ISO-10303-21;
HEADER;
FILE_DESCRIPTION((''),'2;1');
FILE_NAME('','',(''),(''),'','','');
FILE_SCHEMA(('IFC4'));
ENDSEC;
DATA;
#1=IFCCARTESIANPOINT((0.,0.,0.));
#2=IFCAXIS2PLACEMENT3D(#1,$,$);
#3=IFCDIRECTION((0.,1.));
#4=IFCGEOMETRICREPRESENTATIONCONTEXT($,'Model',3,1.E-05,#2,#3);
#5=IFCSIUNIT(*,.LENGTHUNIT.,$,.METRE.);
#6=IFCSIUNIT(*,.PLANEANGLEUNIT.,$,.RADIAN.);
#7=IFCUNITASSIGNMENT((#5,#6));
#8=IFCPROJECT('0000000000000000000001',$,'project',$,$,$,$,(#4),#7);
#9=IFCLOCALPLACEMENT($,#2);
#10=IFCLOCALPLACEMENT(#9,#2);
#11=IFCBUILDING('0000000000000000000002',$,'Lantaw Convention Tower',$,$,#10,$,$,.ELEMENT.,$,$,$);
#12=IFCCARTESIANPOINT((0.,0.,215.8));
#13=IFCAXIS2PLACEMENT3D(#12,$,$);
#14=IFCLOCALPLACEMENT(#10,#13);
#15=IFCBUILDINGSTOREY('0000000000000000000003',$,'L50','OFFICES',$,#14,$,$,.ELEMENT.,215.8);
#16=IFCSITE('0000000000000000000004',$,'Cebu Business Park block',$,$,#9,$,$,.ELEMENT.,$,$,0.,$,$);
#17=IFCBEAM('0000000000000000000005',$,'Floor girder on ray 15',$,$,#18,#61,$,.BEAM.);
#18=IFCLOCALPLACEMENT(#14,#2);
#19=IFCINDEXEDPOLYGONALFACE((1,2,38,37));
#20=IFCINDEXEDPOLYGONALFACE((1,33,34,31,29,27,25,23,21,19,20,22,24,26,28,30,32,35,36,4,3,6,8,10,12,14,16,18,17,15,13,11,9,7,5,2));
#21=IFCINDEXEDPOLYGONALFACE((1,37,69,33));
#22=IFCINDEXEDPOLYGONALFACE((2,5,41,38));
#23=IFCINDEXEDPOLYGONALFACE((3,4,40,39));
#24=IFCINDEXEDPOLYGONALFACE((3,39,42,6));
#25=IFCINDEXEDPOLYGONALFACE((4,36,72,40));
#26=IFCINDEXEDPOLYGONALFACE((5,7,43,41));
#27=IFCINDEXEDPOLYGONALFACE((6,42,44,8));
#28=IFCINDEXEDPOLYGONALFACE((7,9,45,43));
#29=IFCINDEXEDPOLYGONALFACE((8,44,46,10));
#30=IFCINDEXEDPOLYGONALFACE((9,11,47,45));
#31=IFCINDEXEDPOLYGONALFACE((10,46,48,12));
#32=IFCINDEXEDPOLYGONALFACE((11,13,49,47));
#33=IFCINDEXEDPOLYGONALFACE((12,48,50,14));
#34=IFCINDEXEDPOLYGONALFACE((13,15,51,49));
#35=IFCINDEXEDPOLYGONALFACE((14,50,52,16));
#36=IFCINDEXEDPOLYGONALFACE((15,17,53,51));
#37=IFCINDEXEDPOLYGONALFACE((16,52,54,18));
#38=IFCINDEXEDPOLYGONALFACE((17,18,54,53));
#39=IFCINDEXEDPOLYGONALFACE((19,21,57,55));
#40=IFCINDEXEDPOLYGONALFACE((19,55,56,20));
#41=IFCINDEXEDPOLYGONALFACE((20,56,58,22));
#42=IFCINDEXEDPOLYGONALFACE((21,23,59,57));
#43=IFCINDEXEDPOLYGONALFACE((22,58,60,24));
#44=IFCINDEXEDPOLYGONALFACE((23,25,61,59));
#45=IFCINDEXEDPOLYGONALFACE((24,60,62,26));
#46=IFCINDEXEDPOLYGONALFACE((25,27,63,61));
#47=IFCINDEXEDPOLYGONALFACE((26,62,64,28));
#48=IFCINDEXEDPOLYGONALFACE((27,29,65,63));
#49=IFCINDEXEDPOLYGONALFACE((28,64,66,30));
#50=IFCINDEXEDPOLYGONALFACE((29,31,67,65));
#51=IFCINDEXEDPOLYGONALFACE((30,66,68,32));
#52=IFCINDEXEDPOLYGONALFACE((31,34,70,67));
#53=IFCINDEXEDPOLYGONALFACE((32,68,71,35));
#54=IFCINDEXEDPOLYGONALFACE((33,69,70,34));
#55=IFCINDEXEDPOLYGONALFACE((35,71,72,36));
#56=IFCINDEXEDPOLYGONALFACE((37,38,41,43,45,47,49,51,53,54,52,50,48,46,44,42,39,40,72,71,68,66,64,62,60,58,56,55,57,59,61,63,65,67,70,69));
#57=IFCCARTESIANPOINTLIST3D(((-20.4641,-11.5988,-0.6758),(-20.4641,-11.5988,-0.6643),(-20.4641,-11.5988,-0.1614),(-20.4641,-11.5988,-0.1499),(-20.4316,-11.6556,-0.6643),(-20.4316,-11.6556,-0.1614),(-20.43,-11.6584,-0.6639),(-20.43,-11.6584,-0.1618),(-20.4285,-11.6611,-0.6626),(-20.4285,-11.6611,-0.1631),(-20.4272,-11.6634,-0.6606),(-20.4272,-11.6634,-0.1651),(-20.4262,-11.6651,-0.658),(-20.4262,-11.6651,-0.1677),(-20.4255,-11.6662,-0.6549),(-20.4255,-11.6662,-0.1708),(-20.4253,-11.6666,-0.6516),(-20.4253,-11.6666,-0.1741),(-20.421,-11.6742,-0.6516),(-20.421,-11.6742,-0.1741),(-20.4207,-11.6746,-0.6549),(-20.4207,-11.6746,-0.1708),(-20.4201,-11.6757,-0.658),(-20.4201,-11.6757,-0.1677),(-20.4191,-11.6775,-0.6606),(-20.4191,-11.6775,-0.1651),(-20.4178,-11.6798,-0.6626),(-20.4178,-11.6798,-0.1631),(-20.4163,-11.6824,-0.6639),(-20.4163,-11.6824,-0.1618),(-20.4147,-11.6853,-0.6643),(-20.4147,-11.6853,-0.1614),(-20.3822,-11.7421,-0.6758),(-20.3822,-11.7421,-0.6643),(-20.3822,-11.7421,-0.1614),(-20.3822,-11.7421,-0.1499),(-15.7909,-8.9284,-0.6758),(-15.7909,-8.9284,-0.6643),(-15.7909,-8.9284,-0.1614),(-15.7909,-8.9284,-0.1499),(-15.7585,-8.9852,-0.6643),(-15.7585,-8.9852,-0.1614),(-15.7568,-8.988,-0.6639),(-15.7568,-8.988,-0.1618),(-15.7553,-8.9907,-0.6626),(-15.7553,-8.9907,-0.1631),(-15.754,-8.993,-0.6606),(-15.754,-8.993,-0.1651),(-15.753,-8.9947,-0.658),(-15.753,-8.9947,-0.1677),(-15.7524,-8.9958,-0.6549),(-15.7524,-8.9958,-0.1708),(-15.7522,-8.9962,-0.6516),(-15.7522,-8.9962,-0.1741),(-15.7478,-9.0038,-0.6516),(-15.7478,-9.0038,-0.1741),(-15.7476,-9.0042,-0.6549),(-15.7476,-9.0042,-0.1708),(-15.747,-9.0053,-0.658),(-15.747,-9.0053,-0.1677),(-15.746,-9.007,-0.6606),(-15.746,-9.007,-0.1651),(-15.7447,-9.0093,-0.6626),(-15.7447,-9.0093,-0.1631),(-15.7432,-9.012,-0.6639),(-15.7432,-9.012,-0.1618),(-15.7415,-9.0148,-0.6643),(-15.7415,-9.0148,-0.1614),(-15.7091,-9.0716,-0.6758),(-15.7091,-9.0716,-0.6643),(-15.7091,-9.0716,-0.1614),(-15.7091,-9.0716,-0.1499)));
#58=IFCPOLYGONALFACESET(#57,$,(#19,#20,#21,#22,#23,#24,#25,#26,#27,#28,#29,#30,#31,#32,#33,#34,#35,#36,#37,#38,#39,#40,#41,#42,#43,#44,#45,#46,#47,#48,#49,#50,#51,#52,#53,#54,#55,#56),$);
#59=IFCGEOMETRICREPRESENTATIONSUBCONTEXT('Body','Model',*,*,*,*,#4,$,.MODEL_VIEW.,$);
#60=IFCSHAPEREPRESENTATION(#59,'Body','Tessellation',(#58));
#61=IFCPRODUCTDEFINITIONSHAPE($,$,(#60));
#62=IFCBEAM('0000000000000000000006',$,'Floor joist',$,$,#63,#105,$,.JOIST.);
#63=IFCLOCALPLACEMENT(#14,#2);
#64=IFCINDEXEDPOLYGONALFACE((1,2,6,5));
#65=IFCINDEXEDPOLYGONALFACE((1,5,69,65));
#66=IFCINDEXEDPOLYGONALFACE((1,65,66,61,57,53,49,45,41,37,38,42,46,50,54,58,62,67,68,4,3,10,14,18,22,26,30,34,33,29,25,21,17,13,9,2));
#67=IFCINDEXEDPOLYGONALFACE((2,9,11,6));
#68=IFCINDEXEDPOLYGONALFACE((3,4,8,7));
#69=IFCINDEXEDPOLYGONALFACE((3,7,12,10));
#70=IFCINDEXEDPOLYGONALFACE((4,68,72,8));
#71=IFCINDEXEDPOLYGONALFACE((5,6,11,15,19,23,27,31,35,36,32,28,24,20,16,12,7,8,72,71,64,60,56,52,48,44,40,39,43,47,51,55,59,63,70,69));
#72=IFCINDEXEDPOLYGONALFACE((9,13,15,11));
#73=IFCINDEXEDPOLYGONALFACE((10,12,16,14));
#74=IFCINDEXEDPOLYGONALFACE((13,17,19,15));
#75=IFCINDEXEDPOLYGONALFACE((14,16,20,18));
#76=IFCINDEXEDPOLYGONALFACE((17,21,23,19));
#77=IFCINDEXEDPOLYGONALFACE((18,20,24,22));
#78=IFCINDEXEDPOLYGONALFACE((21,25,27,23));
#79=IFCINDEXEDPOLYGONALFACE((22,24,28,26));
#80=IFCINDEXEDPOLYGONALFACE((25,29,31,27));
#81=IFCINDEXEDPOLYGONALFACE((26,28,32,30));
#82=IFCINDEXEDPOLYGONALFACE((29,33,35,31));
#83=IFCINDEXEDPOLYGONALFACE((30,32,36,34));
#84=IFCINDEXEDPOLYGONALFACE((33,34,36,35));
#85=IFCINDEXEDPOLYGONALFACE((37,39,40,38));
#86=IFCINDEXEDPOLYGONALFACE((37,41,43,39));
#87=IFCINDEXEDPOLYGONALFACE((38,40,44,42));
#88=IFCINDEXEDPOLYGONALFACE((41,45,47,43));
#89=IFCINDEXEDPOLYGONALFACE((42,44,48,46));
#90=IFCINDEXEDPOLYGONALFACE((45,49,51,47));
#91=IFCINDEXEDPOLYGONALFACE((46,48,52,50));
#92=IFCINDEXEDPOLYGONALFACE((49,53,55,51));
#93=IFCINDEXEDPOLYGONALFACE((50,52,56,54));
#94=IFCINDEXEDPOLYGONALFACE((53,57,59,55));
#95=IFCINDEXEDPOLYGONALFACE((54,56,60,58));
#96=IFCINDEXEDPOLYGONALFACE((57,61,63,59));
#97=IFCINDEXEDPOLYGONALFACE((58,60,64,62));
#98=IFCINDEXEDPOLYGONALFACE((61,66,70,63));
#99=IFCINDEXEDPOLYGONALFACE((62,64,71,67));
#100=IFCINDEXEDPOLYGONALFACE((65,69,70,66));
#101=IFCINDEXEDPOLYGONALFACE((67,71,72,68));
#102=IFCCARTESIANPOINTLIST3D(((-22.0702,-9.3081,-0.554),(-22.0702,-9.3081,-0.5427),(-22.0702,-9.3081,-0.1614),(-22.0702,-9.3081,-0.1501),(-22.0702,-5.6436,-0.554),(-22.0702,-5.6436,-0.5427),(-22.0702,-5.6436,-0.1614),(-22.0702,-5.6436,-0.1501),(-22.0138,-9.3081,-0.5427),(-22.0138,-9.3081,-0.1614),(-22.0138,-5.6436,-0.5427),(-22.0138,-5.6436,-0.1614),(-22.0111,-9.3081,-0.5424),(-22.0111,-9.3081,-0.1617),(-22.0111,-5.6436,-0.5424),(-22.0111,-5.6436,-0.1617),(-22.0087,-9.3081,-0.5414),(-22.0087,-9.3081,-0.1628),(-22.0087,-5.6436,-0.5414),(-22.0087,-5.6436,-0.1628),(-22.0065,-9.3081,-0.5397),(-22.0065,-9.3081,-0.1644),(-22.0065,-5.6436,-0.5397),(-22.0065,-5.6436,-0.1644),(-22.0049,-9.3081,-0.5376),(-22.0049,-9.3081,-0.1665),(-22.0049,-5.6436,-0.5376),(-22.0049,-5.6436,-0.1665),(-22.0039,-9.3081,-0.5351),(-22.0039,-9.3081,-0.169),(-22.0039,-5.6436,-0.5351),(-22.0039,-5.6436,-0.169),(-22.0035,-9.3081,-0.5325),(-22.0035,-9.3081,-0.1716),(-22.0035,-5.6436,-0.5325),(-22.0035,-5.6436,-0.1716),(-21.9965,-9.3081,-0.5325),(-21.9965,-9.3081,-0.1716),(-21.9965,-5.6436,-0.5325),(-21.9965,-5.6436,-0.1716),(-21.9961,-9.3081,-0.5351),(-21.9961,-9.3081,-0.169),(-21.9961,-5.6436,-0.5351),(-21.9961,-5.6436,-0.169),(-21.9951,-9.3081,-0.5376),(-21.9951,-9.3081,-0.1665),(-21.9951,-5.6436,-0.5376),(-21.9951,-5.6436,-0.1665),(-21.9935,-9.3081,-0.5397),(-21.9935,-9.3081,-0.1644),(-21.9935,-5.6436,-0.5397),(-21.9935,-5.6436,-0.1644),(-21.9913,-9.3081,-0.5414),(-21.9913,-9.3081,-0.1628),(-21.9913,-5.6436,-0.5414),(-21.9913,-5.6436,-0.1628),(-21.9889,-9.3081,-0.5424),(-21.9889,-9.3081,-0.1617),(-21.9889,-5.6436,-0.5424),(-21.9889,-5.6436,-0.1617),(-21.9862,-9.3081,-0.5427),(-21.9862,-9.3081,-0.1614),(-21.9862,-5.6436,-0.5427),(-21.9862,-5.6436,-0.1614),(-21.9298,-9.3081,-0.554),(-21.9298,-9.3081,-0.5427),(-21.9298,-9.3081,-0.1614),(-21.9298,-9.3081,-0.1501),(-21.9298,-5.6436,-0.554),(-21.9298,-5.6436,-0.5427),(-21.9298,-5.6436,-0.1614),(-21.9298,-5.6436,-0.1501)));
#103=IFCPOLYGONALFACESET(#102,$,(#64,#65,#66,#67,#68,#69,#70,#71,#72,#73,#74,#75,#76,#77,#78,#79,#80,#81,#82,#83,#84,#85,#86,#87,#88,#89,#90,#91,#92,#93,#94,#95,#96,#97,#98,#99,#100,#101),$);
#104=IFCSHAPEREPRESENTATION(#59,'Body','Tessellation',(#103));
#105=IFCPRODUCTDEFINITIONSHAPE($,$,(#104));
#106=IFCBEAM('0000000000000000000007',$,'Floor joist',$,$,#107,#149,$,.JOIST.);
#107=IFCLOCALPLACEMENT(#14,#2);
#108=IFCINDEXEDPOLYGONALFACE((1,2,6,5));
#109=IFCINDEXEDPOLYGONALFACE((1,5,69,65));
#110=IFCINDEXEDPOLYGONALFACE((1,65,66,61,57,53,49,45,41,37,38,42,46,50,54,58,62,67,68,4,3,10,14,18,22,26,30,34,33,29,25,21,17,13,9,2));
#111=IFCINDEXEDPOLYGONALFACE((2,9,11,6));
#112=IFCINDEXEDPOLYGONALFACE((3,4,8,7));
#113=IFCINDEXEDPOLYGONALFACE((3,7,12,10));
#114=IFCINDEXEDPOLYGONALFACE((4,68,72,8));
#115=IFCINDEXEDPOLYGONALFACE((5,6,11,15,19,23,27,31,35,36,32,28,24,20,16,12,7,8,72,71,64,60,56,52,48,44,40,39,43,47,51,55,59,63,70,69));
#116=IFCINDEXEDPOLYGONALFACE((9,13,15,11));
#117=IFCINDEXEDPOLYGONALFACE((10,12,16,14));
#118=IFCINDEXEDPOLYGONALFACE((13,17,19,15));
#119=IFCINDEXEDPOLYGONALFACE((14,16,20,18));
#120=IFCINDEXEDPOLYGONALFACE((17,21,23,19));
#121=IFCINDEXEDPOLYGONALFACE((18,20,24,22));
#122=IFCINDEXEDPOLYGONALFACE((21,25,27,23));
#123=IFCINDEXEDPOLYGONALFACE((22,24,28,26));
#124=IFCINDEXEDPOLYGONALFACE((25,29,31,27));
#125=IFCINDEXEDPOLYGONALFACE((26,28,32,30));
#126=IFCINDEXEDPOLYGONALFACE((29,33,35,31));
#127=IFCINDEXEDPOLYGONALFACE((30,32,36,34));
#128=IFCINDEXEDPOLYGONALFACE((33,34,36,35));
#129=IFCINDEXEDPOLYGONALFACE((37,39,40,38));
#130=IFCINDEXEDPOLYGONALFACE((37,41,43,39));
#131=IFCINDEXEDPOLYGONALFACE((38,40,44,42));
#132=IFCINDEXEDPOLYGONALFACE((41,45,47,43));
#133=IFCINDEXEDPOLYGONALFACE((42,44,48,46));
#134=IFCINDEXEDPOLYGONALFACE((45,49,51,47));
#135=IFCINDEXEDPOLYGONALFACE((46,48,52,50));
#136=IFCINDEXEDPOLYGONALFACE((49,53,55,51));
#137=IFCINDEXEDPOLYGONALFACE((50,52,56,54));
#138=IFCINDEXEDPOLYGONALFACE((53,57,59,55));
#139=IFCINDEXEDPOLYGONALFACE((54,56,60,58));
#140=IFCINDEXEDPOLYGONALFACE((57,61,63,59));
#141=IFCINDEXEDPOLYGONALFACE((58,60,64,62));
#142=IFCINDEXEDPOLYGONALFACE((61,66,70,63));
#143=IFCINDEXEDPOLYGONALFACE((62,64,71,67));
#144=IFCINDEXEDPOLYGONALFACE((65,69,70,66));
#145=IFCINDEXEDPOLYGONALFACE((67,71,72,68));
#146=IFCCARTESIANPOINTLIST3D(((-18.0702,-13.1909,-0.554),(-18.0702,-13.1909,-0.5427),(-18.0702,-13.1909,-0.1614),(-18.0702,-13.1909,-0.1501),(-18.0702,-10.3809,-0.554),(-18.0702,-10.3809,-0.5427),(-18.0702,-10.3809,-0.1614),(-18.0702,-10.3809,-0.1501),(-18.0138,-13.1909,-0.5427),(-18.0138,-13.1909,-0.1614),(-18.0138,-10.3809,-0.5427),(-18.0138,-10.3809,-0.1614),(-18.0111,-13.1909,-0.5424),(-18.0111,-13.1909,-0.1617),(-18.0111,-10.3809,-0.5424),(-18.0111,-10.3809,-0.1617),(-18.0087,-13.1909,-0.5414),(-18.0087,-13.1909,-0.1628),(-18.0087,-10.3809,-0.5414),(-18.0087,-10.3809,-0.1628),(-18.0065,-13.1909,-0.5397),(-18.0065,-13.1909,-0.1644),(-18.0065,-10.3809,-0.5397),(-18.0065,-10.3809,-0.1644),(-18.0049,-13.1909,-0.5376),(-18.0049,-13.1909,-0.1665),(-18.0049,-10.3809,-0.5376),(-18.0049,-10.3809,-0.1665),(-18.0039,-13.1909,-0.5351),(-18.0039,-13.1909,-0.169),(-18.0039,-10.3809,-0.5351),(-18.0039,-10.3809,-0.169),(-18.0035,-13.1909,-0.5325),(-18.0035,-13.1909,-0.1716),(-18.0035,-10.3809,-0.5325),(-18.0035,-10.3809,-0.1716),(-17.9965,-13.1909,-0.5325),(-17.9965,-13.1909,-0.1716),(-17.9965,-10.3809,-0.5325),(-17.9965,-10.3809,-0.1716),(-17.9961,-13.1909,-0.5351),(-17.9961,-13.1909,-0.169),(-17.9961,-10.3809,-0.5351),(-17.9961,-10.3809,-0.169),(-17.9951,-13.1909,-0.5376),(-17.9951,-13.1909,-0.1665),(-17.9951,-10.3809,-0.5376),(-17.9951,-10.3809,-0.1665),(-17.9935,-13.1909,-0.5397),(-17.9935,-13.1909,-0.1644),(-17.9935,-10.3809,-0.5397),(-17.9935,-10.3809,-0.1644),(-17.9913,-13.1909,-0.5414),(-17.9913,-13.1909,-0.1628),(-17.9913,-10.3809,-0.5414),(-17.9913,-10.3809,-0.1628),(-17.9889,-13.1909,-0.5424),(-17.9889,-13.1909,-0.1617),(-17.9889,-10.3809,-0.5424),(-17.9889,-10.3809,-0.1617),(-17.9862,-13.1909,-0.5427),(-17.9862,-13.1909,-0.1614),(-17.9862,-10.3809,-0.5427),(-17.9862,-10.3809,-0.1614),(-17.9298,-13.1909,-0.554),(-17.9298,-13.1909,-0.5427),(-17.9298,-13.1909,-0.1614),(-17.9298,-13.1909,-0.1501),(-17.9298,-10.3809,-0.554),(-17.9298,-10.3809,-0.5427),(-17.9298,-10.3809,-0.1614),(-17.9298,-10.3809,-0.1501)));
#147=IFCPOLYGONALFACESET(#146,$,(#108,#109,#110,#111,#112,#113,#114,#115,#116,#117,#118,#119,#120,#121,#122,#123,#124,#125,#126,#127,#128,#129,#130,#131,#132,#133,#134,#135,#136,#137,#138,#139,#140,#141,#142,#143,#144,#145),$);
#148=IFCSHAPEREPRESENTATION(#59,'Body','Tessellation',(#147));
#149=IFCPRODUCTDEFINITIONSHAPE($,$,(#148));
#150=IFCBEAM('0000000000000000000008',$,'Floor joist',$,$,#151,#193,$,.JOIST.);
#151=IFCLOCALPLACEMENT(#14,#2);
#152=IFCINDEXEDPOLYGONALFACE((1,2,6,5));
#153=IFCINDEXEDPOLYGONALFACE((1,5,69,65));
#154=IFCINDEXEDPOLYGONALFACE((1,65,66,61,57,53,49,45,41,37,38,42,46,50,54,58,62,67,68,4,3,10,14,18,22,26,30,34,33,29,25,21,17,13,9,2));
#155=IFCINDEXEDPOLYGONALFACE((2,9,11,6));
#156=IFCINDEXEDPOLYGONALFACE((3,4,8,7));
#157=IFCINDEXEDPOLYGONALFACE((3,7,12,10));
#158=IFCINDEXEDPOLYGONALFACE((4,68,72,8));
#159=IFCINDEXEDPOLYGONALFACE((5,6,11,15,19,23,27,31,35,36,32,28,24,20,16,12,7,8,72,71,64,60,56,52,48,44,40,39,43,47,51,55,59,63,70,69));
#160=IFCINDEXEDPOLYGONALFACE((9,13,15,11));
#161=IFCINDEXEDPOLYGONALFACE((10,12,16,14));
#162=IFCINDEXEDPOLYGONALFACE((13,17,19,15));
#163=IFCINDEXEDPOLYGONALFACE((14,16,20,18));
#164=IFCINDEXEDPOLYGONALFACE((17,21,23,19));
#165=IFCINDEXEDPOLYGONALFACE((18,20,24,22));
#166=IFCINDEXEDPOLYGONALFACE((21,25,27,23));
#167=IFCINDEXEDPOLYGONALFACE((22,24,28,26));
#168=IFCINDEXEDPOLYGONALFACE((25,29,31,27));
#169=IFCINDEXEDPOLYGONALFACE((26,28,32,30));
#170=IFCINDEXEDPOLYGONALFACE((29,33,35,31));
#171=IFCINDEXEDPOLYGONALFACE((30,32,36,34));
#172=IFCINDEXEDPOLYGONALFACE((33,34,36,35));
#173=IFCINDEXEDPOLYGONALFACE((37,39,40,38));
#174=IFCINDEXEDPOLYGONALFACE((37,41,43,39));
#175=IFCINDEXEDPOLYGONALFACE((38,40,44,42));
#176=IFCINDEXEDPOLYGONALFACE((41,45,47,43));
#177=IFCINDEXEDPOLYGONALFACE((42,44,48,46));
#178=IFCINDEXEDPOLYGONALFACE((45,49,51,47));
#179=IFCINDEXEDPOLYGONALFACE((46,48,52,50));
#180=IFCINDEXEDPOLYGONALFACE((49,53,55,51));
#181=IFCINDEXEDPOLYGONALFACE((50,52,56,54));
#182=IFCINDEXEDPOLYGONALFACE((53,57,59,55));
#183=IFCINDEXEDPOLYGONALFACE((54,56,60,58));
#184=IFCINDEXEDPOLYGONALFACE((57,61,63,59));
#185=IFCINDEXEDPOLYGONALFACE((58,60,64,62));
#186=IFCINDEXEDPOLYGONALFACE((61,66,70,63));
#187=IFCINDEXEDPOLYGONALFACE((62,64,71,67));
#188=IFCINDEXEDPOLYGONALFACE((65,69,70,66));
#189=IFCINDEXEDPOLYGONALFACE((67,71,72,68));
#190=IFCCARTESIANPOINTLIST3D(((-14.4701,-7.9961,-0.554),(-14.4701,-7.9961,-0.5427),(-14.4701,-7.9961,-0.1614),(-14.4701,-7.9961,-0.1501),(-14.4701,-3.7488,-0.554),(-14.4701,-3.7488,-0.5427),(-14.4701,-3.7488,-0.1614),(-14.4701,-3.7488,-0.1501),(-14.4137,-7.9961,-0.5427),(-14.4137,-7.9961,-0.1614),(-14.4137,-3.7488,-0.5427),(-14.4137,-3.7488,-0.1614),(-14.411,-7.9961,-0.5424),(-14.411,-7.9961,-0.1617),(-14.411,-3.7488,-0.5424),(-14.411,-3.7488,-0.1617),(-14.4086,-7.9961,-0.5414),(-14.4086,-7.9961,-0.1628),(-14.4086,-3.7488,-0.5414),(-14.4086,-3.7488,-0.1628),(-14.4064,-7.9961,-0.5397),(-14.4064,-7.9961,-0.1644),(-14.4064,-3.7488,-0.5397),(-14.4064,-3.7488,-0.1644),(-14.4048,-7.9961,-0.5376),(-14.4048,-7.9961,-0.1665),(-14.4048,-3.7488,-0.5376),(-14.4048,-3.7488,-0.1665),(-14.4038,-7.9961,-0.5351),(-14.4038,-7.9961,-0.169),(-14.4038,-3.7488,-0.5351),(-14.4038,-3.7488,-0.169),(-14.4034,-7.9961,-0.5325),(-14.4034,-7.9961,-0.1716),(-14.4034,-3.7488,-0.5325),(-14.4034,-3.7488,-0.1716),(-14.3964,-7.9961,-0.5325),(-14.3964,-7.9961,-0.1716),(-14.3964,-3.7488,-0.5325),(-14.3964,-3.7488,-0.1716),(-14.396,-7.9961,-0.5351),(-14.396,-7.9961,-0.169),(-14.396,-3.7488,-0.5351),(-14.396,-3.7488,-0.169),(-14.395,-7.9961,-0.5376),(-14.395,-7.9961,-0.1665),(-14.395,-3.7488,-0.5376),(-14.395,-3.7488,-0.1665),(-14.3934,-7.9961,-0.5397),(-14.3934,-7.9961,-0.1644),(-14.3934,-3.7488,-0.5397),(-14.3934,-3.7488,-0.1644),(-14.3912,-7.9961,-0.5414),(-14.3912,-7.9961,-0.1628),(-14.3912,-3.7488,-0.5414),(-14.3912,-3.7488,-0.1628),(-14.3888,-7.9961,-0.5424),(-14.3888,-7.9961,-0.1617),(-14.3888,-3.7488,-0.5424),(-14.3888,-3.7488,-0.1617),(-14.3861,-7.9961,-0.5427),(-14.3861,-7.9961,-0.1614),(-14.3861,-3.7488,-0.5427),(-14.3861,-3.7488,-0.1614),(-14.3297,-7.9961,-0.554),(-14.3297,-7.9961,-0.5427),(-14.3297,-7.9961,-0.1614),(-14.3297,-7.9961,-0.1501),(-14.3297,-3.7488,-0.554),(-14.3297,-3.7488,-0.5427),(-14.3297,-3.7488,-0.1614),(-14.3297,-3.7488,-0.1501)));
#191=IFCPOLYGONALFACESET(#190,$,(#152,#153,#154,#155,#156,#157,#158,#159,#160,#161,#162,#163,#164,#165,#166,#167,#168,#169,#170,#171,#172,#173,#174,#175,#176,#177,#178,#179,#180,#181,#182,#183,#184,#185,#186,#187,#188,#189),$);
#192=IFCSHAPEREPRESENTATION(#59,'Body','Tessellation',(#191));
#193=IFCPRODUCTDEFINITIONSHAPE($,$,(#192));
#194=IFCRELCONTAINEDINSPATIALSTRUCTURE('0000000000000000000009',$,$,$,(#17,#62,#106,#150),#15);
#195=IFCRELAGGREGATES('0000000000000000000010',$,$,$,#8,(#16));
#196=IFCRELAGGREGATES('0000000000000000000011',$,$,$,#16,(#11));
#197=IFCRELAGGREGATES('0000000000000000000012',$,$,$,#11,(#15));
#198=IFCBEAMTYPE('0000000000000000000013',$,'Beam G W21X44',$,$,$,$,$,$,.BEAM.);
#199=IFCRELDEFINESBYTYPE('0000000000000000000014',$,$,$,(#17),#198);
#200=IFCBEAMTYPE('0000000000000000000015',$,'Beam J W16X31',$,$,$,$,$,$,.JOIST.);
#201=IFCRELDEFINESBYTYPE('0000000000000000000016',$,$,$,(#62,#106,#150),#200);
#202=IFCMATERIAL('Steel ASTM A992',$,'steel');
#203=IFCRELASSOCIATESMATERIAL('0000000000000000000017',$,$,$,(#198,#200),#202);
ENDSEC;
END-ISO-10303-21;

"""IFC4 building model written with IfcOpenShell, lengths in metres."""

from ifc_helpers import new_model, si_unit, direction, frame, origin, origin_2d, place, context, subcontext, project, spatial, i_section, extrude, material, material_profile, profile_set, type_object, element, save


model = new_model("IFC4")

# Units and contexts
model_context = context("Model", 3, precision=1e-05, world=origin(), true_north=direction((0.0, 1.0)))
body_context = subcontext(model_context, "Body", "Model", "MODEL_VIEW")
ifc_project = project(units=[si_unit("LENGTHUNIT", "METRE"), si_unit("PLANEANGLEUNIT", "RADIAN")], contexts=[model_context])

# Site, building, storey
site_placement = place(None, origin())
site = spatial("IfcSite", under=ifc_project, at=site_placement, Name="Cebu Business Park block", CompositionType="ELEMENT", RefElevation=0.0)
building_placement = place(site_placement, origin())
building = spatial("IfcBuilding", under=site, at=building_placement, Name="Lantaw Convention Tower", CompositionType="ELEMENT")
storey_placement = place(building_placement, frame((0.0, 0.0, 215.8)))
storey = spatial("IfcBuildingStorey", under=building, at=storey_placement, Name="L50", Description="OFFICES", CompositionType="ELEMENT", Elevation=215.8)

# Beams
ifc_material_1 = material(Name="Steel ASTM A992", Category="steel")
ifc_material_profile_1 = material_profile(ifc_material_1, i_section(OverallWidth=0.165, OverallDepth=0.5259, WebThickness=0.0088, FlangeThickness=0.0115, FilletRadius=0.0127, at=origin_2d()), Name="W21X44")
ifc_profile_set_1 = profile_set([ifc_material_profile_1], Name="Steel ASTM A992")
beam_type_1 = type_object("IfcBeamType", Name="Beam G W21X44", PredefinedType="BEAM", material=ifc_profile_set_1)
beam_1_placement = place(storey_placement, frame((-15.75, -9.0, -0.4128), z_axis=(-0.868238, -0.496149, 0.0), x_axis=(0.496149, -0.868238, 0.0)))
element("IfcBeam", 1, at=beam_1_placement, inside=storey, type_object=beam_type_1, Name="Floor girder on ray 15", PredefinedType="BEAM", context=body_context, shape_type="SweptSolid", body=[
    extrude(i_section(OverallWidth=0.165, OverallDepth=0.5259, WebThickness=0.0088, FlangeThickness=0.0115, FilletRadius=0.0127, at=origin_2d()), origin(), (0.0, 0.0, 1.0), 5.3823),
])
ifc_material_profile_2 = material_profile(ifc_material_1, i_section(OverallWidth=0.1404, OverallDepth=0.4038, WebThickness=0.0071, FlangeThickness=0.0112, FilletRadius=0.0103, at=origin_2d()), Name="W16X31")
ifc_profile_set_2 = profile_set([ifc_material_profile_2], Name="Steel ASTM A992")
beam_type_2 = type_object("IfcBeamType", Name="Beam J W16X31", PredefinedType="JOIST", material=ifc_profile_set_2)
beam_2_placement = place(storey_placement, frame((-22.0, -9.3081, -0.3521), z_axis=(0.0, 1.0, 0.0), x_axis=(-1.0, 0.0, 0.0)))
element("IfcBeam", 2, at=beam_2_placement, inside=storey, type_object=beam_type_2, Name="Floor joist", PredefinedType="JOIST", context=body_context, shape_type="SweptSolid", body=[
    extrude(i_section(OverallWidth=0.1404, OverallDepth=0.4038, WebThickness=0.0071, FlangeThickness=0.0112, FilletRadius=0.0103, at=origin_2d()), origin(), (0.0, 0.0, 1.0), 3.6646),
])
beam_3_placement = place(storey_placement, frame((-18.0, -13.1909, -0.3521), z_axis=(0.0, 1.0, 0.0), x_axis=(-1.0, 0.0, 0.0)))
element("IfcBeam", 3, at=beam_3_placement, inside=storey, type_object=beam_type_2, Name="Floor joist", PredefinedType="JOIST", context=body_context, shape_type="SweptSolid", body=[
    extrude(i_section(OverallWidth=0.1404, OverallDepth=0.4038, WebThickness=0.0071, FlangeThickness=0.0112, FilletRadius=0.0103, at=origin_2d()), origin(), (0.0, 0.0, 1.0), 2.8101),
])
beam_4_placement = place(storey_placement, frame((-14.3999, -7.9961, -0.3521), z_axis=(0.0, 1.0, 0.0), x_axis=(-1.0, 0.0, 0.0)))
element("IfcBeam", 4, at=beam_4_placement, inside=storey, type_object=beam_type_2, Name="Floor joist", PredefinedType="JOIST", context=body_context, shape_type="SweptSolid", body=[
    extrude(i_section(OverallWidth=0.1404, OverallDepth=0.4038, WebThickness=0.0071, FlangeThickness=0.0112, FilletRadius=0.0103, at=origin_2d()), origin(), (0.0, 0.0, 1.0), 4.2473),
])

save(model, "model.ifc")
